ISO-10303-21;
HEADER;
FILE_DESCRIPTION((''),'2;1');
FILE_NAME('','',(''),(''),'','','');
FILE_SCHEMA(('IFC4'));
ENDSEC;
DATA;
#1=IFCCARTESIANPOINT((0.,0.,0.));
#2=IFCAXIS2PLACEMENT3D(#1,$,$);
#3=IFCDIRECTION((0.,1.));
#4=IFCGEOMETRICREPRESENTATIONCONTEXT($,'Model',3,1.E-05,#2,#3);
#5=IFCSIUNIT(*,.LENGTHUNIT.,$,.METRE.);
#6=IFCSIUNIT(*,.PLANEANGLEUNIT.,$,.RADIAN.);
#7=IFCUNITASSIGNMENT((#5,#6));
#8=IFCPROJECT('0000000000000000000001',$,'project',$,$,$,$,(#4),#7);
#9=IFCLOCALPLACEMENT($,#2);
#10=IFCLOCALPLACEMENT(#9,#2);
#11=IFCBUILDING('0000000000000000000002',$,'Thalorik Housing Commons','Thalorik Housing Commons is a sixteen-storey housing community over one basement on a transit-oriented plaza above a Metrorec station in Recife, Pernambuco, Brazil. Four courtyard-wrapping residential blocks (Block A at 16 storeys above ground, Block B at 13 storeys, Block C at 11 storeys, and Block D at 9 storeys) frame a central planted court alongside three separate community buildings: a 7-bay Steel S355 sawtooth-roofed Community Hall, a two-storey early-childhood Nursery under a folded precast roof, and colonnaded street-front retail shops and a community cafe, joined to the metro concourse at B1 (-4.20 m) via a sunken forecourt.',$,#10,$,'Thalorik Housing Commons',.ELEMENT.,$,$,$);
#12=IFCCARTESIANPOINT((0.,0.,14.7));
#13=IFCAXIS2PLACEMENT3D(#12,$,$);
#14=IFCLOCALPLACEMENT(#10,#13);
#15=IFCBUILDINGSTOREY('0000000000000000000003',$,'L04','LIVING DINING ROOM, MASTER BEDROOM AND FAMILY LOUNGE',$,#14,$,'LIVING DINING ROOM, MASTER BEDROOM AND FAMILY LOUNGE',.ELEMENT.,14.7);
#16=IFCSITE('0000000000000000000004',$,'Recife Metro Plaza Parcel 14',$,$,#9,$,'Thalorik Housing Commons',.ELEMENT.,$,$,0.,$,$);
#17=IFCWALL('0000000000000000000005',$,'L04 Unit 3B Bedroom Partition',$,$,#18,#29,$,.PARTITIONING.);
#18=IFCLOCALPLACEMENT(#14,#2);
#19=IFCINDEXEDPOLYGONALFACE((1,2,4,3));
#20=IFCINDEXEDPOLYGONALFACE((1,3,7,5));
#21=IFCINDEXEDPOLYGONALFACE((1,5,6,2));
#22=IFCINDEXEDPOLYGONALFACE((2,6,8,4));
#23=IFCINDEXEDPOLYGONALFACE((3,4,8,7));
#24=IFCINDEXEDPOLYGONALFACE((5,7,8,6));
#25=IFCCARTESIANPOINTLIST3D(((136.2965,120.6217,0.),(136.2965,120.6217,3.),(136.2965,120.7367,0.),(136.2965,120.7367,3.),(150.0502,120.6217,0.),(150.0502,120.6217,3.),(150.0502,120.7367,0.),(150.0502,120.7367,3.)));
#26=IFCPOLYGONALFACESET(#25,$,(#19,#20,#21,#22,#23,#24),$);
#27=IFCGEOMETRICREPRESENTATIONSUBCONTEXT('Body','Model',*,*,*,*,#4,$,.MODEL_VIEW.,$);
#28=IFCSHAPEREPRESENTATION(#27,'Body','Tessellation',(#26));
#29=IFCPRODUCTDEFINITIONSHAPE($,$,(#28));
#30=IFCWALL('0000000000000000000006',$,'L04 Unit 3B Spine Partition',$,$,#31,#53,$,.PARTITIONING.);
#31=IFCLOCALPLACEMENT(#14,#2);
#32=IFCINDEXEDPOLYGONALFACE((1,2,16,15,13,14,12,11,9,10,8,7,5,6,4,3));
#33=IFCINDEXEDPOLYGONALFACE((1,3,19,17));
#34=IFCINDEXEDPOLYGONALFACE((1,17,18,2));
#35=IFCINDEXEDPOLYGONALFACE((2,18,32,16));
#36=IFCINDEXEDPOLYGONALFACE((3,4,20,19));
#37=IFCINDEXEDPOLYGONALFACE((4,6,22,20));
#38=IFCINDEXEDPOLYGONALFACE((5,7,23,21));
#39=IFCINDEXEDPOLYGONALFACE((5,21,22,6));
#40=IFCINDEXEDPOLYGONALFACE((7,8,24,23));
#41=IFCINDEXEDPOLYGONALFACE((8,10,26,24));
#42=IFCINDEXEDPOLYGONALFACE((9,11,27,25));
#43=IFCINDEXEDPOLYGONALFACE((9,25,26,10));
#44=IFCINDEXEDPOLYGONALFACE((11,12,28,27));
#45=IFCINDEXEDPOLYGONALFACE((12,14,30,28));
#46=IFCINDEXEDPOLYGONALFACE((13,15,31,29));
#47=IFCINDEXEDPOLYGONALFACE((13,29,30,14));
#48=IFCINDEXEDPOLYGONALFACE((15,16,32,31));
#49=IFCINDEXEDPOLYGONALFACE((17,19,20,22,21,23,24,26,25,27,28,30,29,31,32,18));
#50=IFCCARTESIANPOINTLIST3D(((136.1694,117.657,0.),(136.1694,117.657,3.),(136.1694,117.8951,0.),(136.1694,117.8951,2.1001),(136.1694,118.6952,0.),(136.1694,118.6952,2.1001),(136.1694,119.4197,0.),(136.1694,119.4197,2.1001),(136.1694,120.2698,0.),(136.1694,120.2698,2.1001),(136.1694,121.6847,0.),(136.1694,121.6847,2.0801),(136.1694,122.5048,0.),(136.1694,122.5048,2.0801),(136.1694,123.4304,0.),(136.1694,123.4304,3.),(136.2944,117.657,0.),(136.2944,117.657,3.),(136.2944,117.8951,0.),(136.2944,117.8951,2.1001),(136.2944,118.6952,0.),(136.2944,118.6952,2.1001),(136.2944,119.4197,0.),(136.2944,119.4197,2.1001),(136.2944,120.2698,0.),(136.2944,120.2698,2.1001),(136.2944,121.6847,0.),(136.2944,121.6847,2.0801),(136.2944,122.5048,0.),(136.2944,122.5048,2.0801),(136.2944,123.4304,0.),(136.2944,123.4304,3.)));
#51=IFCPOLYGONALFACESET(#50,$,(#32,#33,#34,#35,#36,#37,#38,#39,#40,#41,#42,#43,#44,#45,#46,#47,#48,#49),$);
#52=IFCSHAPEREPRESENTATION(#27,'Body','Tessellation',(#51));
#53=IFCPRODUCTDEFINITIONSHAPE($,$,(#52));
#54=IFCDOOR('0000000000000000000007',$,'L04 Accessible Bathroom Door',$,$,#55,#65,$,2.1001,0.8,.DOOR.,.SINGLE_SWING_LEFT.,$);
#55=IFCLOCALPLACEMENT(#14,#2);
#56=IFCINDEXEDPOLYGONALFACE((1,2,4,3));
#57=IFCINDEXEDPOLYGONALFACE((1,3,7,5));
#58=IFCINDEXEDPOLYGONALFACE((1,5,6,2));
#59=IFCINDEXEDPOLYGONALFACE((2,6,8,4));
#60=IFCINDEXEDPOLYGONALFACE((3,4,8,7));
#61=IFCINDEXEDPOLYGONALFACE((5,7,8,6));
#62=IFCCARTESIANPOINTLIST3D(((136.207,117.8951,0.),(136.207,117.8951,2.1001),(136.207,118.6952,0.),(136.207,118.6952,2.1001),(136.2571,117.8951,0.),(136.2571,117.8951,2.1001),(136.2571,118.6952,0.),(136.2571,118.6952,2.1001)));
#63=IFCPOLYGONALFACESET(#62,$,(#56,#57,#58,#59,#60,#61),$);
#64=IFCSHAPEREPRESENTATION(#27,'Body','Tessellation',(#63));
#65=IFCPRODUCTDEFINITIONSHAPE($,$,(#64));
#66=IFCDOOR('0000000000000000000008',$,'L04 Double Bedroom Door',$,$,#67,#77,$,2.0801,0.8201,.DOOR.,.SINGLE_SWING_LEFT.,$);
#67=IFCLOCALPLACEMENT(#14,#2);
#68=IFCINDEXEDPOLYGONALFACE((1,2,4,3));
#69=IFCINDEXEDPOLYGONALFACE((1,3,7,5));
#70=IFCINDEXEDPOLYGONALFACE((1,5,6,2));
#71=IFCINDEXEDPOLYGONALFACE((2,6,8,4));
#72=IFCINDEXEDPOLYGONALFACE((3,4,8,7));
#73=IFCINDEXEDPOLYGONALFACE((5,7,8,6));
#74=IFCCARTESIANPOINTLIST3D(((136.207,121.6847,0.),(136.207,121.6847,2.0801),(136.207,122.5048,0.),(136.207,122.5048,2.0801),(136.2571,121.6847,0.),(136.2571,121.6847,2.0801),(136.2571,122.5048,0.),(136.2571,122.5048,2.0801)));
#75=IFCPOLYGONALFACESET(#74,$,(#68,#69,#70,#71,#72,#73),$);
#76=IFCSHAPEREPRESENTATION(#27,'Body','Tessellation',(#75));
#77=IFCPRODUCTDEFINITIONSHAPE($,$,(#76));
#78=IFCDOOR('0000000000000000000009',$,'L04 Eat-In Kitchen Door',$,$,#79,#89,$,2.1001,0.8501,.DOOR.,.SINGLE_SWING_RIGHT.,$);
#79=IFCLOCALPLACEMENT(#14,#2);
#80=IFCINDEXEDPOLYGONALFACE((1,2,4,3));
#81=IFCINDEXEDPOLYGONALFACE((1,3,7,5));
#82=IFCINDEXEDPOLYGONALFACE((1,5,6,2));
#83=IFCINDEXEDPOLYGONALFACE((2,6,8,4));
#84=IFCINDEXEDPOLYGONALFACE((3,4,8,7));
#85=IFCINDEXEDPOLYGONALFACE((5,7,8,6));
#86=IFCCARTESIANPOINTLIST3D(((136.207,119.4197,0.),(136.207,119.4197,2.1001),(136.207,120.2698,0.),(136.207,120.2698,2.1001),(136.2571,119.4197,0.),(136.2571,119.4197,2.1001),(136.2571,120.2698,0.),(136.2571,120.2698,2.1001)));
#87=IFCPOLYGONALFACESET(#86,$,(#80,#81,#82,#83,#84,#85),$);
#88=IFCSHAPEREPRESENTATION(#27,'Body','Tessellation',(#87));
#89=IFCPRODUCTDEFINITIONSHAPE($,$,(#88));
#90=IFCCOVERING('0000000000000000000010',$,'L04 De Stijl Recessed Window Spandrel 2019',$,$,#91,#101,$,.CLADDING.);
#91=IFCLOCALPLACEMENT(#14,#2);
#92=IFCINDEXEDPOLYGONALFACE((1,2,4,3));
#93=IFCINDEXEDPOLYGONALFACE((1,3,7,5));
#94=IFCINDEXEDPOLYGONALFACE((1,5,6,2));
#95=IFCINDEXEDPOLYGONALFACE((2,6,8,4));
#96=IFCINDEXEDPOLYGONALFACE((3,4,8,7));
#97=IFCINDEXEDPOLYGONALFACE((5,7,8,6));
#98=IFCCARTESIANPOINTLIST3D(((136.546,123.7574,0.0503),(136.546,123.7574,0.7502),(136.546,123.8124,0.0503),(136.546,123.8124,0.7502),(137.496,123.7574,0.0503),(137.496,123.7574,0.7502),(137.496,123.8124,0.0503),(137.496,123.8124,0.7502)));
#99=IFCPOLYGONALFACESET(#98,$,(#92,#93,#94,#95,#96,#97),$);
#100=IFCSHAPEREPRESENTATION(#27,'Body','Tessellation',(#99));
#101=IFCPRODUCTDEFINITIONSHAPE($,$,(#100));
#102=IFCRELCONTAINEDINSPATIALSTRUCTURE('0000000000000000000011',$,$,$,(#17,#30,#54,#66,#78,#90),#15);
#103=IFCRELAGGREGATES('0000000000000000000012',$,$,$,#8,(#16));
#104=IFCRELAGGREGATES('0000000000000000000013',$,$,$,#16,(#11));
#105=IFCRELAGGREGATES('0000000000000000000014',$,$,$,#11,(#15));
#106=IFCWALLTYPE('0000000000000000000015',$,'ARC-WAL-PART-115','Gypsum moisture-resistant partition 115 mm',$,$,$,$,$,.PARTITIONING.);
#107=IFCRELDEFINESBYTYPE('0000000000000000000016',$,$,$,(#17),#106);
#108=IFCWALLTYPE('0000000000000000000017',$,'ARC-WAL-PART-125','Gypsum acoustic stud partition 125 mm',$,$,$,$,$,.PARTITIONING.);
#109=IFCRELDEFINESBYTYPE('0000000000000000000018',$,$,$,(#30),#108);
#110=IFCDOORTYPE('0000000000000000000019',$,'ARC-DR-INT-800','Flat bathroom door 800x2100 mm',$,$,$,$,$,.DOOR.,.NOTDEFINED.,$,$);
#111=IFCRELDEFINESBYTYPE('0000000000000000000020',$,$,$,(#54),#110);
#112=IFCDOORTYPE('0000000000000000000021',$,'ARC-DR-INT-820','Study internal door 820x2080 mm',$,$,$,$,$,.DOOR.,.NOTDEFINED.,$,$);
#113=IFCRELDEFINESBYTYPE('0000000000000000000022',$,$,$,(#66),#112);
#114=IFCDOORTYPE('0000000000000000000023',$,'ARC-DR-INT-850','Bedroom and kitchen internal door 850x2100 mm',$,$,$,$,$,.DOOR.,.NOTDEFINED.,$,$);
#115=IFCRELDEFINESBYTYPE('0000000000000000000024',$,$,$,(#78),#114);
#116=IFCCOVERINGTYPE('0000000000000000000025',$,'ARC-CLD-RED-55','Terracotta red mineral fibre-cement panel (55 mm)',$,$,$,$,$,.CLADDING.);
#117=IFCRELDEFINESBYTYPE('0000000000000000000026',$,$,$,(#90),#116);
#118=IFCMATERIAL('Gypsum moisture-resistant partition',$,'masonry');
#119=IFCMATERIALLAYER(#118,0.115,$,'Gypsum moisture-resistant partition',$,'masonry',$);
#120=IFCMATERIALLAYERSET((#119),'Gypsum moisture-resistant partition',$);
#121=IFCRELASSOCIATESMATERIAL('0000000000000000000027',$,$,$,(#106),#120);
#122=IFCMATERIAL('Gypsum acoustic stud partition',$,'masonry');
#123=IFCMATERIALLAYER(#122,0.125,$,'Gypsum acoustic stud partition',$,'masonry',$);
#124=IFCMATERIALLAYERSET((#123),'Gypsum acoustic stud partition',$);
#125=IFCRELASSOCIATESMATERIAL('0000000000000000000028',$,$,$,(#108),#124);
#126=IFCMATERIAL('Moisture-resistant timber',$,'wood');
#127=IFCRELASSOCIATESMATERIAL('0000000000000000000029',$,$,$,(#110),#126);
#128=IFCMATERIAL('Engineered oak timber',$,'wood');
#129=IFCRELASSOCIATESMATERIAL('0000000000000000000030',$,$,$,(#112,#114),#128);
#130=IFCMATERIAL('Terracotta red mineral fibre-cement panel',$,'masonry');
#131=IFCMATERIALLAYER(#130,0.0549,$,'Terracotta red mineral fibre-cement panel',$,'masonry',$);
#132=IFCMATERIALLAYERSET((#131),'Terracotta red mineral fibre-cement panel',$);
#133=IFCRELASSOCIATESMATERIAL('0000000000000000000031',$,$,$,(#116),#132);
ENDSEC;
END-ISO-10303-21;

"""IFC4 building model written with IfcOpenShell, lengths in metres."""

from ifc_helpers import new_model, si_unit, direction, frame, frame_2d, origin, origin_2d, place, context, subcontext, project, spatial, rectangle, extrude, material, layer, layer_set, type_object, element, fill, save


model = new_model("IFC4")

# Units and contexts
model_context = context("Model", 3, precision=1e-05, world=origin(), true_north=direction((0.0, 1.0)))
body_context = subcontext(model_context, "Body", "Model", "MODEL_VIEW")
ifc_project = project(units=[si_unit("LENGTHUNIT", "METRE"), si_unit("PLANEANGLEUNIT", "RADIAN")], contexts=[model_context])

# Site, building, storey
site_placement = place(None, origin())
site = spatial("IfcSite", under=ifc_project, at=site_placement, Name="Recife Metro Plaza Parcel 14", LongName="Thalorik Housing Commons", CompositionType="ELEMENT", RefElevation=0.0)
building_placement = place(site_placement, origin())
building = spatial("IfcBuilding", under=site, at=building_placement, Name="Thalorik Housing Commons", Description="Thalorik Housing Commons is a sixteen-storey housing community over one basement on a transit-oriented plaza above a Metrorec station in Recife, Pernambuco, Brazil. Four courtyard-wrapping residential blocks (Block A at 16 storeys above ground, Block B at 13 storeys, Block C at 11 storeys, and Block D at 9 storeys) frame a central planted court alongside three separate community buildings: a 7-bay Steel S355 sawtooth-roofed Community Hall, a two-storey early-childhood Nursery under a folded precast roof, and colonnaded street-front retail shops and a community cafe, joined to the metro concourse at B1 (-4.20 m) via a sunken forecourt.", LongName="Thalorik Housing Commons", CompositionType="ELEMENT")
storey_placement = place(building_placement, frame((0.0, 0.0, 14.7)))
storey = spatial("IfcBuildingStorey", under=building, at=storey_placement, Name="L04", Description="LIVING DINING ROOM, MASTER BEDROOM AND FAMILY LOUNGE", LongName="LIVING DINING ROOM, MASTER BEDROOM AND FAMILY LOUNGE", CompositionType="ELEMENT", Elevation=14.7)

# Wall
ifc_material_1 = material(Name="Gypsum moisture-resistant partition", Category="masonry")
ifc_layer_1 = layer(ifc_material_1, 0.115, Name="Gypsum moisture-resistant partition", Category="masonry")
ifc_layer_set_1 = layer_set([ifc_layer_1], Name="Gypsum moisture-resistant partition")
wall_type_1 = type_object("IfcWallType", Name="ARC-WAL-PART-115", Description="Gypsum moisture-resistant partition 115 mm", PredefinedType="PARTITIONING", material=ifc_layer_set_1)
wall_1_placement = place(storey_placement, frame((136.2964, 120.6792, 0.0), z_axis=(0.0, 0.0, 1.0), x_axis=(1.0, 0.0, 0.0)))
element("IfcWall", 1, at=wall_1_placement, inside=storey, type_object=wall_type_1, Name="L04 Unit 3B Bedroom Partition", PredefinedType="PARTITIONING", context=body_context, shape_type="SweptSolid", body=[
    extrude(rectangle(XDim=13.7537, YDim=0.115, at=frame_2d((6.877, 0.0))), origin(), (0.0, 0.0, 1.0), 3.0),
])

# Wall, openings, doors
ifc_material_2 = material(Name="Gypsum acoustic stud partition", Category="masonry")
ifc_layer_2 = layer(ifc_material_2, 0.125, Name="Gypsum acoustic stud partition", Category="masonry")
ifc_layer_set_2 = layer_set([ifc_layer_2], Name="Gypsum acoustic stud partition")
wall_type_2 = type_object("IfcWallType", Name="ARC-WAL-PART-125", Description="Gypsum acoustic stud partition 125 mm", PredefinedType="PARTITIONING", material=ifc_layer_set_2)
wall_2_placement = place(storey_placement, frame((136.2319, 117.657, 0.0), z_axis=(0.0, 0.0, 1.0), x_axis=(0.0, 1.0, 0.0)))
wall_2 = element("IfcWall", 2, at=wall_2_placement, inside=storey, type_object=wall_type_2, Name="L04 Unit 3B Spine Partition", PredefinedType="PARTITIONING", context=body_context, shape_type="SweptSolid", body=[
    extrude(rectangle(XDim=5.7734, YDim=0.125, at=frame_2d((2.8867, 0.0))), origin(), (0.0, 0.0, 1.0), 3.0),
])
opening_1_placement = place(wall_2_placement, frame((0.2383, 0.0, 0.0)))
opening_1 = element("IfcOpeningElement", 3, at=opening_1_placement, cuts=wall_2, PredefinedType="OPENING", context=body_context, shape_type="SweptSolid", body=[
    extrude(rectangle(XDim=0.8, YDim=2.1001, at=frame_2d((0.3999, 1.05))), frame((0.0, 0.0725, 0.0), z_axis=(0.0, -1.0, 0.0), x_axis=(1.0, 0.0, 0.0)), (0.0, 0.0, 1.0), 0.145),
])
opening_2_placement = place(wall_2_placement, frame((1.7627, 0.0, 0.0)))
opening_2 = element("IfcOpeningElement", 4, at=opening_2_placement, cuts=wall_2, PredefinedType="OPENING", context=body_context, shape_type="SweptSolid", body=[
    extrude(rectangle(XDim=0.8501, YDim=2.1001, at=frame_2d((0.425, 1.05))), frame((0.0, 0.0725, 0.0), z_axis=(0.0, -1.0, 0.0), x_axis=(1.0, 0.0, 0.0)), (0.0, 0.0, 1.0), 0.145),
])
opening_3_placement = place(wall_2_placement, frame((4.0276, 0.0, 0.0)))
opening_3 = element("IfcOpeningElement", 5, at=opening_3_placement, cuts=wall_2, PredefinedType="OPENING", context=body_context, shape_type="SweptSolid", body=[
    extrude(rectangle(XDim=0.8201, YDim=2.0801, at=frame_2d((0.4102, 1.04))), frame((0.0, 0.0725, 0.0), z_axis=(0.0, -1.0, 0.0), x_axis=(1.0, 0.0, 0.0)), (0.0, 0.0, 1.0), 0.145),
])
ifc_material_3 = material(Name="Moisture-resistant timber", Category="wood")
door_type_1 = type_object("IfcDoorType", Name="ARC-DR-INT-800", Description="Flat bathroom door 800x2100 mm", OperationType="NOTDEFINED", PredefinedType="DOOR", material=ifc_material_3)
door_1_placement = place(opening_1_placement, origin())
door_1 = element("IfcDoor", 6, at=door_1_placement, inside=storey, type_object=door_type_1, Name="L04 Accessible Bathroom Door", OperationType="SINGLE_SWING_LEFT", OverallHeight=2.1001, OverallWidth=0.8, PredefinedType="DOOR", context=body_context, shape_type="SweptSolid", body=[
    extrude(rectangle(XDim=0.8, YDim=2.1001, at=frame_2d((0.3999, 1.05))), frame((0.0, 0.0249, 0.0), z_axis=(0.0, -1.0, 0.0), x_axis=(1.0, 0.0, 0.0)), (0.0, 0.0, 1.0), 0.05),
])
fill(opening_1, door_1)
ifc_material_4 = material(Name="Engineered oak timber", Category="wood")
door_type_2 = type_object("IfcDoorType", Name="ARC-DR-INT-820", Description="Study internal door 820x2080 mm", OperationType="NOTDEFINED", PredefinedType="DOOR", material=ifc_material_4)
door_2_placement = place(opening_3_placement, origin())
door_2 = element("IfcDoor", 7, at=door_2_placement, inside=storey, type_object=door_type_2, Name="L04 Double Bedroom Door", OperationType="SINGLE_SWING_LEFT", OverallHeight=2.0801, OverallWidth=0.8201, PredefinedType="DOOR", context=body_context, shape_type="SweptSolid", body=[
    extrude(rectangle(XDim=0.8201, YDim=2.0801, at=frame_2d((0.4102, 1.04))), frame((0.0, 0.0249, 0.0), z_axis=(0.0, -1.0, 0.0), x_axis=(1.0, 0.0, 0.0)), (0.0, 0.0, 1.0), 0.05),
])
fill(opening_3, door_2)
door_type_3 = type_object("IfcDoorType", Name="ARC-DR-INT-850", Description="Bedroom and kitchen internal door 850x2100 mm", OperationType="NOTDEFINED", PredefinedType="DOOR", material=ifc_material_4)
door_3_placement = place(opening_2_placement, origin())
door_3 = element("IfcDoor", 8, at=door_3_placement, inside=storey, type_object=door_type_3, Name="L04 Eat-In Kitchen Door", OperationType="SINGLE_SWING_RIGHT", OverallHeight=2.1001, OverallWidth=0.8501, PredefinedType="DOOR", context=body_context, shape_type="SweptSolid", body=[
    extrude(rectangle(XDim=0.8501, YDim=2.1001, at=frame_2d((0.425, 1.05))), frame((0.0, 0.0249, 0.0), z_axis=(0.0, -1.0, 0.0), x_axis=(1.0, 0.0, 0.0)), (0.0, 0.0, 1.0), 0.05),
])
fill(opening_2, door_3)

# Covering
ifc_material_5 = material(Name="Terracotta red mineral fibre-cement panel", Category="masonry")
ifc_layer_3 = layer(ifc_material_5, 0.0549, Name="Terracotta red mineral fibre-cement panel", Category="masonry")
ifc_layer_set_3 = layer_set([ifc_layer_3], Name="Terracotta red mineral fibre-cement panel")
covering_type_1 = type_object("IfcCoveringType", Name="ARC-CLD-RED-55", Description="Terracotta red mineral fibre-cement panel (55 mm)", PredefinedType="CLADDING", material=ifc_layer_set_3)
covering_1_placement = place(storey_placement, frame((137.021, 123.7849, 0.0503), z_axis=(0.0, 0.0, 1.0), x_axis=(-1.0, 0.0, 0.0)))
element("IfcCovering", 9, at=covering_1_placement, inside=storey, type_object=covering_type_1, Name="L04 De Stijl Recessed Window Spandrel 2019", PredefinedType="CLADDING", context=body_context, shape_type="SweptSolid", body=[
    extrude(rectangle(XDim=0.95, YDim=0.0549, at=origin_2d()), origin(), (0.0, 0.0, 1.0), 0.7),
])

save(model, "model.ifc")
